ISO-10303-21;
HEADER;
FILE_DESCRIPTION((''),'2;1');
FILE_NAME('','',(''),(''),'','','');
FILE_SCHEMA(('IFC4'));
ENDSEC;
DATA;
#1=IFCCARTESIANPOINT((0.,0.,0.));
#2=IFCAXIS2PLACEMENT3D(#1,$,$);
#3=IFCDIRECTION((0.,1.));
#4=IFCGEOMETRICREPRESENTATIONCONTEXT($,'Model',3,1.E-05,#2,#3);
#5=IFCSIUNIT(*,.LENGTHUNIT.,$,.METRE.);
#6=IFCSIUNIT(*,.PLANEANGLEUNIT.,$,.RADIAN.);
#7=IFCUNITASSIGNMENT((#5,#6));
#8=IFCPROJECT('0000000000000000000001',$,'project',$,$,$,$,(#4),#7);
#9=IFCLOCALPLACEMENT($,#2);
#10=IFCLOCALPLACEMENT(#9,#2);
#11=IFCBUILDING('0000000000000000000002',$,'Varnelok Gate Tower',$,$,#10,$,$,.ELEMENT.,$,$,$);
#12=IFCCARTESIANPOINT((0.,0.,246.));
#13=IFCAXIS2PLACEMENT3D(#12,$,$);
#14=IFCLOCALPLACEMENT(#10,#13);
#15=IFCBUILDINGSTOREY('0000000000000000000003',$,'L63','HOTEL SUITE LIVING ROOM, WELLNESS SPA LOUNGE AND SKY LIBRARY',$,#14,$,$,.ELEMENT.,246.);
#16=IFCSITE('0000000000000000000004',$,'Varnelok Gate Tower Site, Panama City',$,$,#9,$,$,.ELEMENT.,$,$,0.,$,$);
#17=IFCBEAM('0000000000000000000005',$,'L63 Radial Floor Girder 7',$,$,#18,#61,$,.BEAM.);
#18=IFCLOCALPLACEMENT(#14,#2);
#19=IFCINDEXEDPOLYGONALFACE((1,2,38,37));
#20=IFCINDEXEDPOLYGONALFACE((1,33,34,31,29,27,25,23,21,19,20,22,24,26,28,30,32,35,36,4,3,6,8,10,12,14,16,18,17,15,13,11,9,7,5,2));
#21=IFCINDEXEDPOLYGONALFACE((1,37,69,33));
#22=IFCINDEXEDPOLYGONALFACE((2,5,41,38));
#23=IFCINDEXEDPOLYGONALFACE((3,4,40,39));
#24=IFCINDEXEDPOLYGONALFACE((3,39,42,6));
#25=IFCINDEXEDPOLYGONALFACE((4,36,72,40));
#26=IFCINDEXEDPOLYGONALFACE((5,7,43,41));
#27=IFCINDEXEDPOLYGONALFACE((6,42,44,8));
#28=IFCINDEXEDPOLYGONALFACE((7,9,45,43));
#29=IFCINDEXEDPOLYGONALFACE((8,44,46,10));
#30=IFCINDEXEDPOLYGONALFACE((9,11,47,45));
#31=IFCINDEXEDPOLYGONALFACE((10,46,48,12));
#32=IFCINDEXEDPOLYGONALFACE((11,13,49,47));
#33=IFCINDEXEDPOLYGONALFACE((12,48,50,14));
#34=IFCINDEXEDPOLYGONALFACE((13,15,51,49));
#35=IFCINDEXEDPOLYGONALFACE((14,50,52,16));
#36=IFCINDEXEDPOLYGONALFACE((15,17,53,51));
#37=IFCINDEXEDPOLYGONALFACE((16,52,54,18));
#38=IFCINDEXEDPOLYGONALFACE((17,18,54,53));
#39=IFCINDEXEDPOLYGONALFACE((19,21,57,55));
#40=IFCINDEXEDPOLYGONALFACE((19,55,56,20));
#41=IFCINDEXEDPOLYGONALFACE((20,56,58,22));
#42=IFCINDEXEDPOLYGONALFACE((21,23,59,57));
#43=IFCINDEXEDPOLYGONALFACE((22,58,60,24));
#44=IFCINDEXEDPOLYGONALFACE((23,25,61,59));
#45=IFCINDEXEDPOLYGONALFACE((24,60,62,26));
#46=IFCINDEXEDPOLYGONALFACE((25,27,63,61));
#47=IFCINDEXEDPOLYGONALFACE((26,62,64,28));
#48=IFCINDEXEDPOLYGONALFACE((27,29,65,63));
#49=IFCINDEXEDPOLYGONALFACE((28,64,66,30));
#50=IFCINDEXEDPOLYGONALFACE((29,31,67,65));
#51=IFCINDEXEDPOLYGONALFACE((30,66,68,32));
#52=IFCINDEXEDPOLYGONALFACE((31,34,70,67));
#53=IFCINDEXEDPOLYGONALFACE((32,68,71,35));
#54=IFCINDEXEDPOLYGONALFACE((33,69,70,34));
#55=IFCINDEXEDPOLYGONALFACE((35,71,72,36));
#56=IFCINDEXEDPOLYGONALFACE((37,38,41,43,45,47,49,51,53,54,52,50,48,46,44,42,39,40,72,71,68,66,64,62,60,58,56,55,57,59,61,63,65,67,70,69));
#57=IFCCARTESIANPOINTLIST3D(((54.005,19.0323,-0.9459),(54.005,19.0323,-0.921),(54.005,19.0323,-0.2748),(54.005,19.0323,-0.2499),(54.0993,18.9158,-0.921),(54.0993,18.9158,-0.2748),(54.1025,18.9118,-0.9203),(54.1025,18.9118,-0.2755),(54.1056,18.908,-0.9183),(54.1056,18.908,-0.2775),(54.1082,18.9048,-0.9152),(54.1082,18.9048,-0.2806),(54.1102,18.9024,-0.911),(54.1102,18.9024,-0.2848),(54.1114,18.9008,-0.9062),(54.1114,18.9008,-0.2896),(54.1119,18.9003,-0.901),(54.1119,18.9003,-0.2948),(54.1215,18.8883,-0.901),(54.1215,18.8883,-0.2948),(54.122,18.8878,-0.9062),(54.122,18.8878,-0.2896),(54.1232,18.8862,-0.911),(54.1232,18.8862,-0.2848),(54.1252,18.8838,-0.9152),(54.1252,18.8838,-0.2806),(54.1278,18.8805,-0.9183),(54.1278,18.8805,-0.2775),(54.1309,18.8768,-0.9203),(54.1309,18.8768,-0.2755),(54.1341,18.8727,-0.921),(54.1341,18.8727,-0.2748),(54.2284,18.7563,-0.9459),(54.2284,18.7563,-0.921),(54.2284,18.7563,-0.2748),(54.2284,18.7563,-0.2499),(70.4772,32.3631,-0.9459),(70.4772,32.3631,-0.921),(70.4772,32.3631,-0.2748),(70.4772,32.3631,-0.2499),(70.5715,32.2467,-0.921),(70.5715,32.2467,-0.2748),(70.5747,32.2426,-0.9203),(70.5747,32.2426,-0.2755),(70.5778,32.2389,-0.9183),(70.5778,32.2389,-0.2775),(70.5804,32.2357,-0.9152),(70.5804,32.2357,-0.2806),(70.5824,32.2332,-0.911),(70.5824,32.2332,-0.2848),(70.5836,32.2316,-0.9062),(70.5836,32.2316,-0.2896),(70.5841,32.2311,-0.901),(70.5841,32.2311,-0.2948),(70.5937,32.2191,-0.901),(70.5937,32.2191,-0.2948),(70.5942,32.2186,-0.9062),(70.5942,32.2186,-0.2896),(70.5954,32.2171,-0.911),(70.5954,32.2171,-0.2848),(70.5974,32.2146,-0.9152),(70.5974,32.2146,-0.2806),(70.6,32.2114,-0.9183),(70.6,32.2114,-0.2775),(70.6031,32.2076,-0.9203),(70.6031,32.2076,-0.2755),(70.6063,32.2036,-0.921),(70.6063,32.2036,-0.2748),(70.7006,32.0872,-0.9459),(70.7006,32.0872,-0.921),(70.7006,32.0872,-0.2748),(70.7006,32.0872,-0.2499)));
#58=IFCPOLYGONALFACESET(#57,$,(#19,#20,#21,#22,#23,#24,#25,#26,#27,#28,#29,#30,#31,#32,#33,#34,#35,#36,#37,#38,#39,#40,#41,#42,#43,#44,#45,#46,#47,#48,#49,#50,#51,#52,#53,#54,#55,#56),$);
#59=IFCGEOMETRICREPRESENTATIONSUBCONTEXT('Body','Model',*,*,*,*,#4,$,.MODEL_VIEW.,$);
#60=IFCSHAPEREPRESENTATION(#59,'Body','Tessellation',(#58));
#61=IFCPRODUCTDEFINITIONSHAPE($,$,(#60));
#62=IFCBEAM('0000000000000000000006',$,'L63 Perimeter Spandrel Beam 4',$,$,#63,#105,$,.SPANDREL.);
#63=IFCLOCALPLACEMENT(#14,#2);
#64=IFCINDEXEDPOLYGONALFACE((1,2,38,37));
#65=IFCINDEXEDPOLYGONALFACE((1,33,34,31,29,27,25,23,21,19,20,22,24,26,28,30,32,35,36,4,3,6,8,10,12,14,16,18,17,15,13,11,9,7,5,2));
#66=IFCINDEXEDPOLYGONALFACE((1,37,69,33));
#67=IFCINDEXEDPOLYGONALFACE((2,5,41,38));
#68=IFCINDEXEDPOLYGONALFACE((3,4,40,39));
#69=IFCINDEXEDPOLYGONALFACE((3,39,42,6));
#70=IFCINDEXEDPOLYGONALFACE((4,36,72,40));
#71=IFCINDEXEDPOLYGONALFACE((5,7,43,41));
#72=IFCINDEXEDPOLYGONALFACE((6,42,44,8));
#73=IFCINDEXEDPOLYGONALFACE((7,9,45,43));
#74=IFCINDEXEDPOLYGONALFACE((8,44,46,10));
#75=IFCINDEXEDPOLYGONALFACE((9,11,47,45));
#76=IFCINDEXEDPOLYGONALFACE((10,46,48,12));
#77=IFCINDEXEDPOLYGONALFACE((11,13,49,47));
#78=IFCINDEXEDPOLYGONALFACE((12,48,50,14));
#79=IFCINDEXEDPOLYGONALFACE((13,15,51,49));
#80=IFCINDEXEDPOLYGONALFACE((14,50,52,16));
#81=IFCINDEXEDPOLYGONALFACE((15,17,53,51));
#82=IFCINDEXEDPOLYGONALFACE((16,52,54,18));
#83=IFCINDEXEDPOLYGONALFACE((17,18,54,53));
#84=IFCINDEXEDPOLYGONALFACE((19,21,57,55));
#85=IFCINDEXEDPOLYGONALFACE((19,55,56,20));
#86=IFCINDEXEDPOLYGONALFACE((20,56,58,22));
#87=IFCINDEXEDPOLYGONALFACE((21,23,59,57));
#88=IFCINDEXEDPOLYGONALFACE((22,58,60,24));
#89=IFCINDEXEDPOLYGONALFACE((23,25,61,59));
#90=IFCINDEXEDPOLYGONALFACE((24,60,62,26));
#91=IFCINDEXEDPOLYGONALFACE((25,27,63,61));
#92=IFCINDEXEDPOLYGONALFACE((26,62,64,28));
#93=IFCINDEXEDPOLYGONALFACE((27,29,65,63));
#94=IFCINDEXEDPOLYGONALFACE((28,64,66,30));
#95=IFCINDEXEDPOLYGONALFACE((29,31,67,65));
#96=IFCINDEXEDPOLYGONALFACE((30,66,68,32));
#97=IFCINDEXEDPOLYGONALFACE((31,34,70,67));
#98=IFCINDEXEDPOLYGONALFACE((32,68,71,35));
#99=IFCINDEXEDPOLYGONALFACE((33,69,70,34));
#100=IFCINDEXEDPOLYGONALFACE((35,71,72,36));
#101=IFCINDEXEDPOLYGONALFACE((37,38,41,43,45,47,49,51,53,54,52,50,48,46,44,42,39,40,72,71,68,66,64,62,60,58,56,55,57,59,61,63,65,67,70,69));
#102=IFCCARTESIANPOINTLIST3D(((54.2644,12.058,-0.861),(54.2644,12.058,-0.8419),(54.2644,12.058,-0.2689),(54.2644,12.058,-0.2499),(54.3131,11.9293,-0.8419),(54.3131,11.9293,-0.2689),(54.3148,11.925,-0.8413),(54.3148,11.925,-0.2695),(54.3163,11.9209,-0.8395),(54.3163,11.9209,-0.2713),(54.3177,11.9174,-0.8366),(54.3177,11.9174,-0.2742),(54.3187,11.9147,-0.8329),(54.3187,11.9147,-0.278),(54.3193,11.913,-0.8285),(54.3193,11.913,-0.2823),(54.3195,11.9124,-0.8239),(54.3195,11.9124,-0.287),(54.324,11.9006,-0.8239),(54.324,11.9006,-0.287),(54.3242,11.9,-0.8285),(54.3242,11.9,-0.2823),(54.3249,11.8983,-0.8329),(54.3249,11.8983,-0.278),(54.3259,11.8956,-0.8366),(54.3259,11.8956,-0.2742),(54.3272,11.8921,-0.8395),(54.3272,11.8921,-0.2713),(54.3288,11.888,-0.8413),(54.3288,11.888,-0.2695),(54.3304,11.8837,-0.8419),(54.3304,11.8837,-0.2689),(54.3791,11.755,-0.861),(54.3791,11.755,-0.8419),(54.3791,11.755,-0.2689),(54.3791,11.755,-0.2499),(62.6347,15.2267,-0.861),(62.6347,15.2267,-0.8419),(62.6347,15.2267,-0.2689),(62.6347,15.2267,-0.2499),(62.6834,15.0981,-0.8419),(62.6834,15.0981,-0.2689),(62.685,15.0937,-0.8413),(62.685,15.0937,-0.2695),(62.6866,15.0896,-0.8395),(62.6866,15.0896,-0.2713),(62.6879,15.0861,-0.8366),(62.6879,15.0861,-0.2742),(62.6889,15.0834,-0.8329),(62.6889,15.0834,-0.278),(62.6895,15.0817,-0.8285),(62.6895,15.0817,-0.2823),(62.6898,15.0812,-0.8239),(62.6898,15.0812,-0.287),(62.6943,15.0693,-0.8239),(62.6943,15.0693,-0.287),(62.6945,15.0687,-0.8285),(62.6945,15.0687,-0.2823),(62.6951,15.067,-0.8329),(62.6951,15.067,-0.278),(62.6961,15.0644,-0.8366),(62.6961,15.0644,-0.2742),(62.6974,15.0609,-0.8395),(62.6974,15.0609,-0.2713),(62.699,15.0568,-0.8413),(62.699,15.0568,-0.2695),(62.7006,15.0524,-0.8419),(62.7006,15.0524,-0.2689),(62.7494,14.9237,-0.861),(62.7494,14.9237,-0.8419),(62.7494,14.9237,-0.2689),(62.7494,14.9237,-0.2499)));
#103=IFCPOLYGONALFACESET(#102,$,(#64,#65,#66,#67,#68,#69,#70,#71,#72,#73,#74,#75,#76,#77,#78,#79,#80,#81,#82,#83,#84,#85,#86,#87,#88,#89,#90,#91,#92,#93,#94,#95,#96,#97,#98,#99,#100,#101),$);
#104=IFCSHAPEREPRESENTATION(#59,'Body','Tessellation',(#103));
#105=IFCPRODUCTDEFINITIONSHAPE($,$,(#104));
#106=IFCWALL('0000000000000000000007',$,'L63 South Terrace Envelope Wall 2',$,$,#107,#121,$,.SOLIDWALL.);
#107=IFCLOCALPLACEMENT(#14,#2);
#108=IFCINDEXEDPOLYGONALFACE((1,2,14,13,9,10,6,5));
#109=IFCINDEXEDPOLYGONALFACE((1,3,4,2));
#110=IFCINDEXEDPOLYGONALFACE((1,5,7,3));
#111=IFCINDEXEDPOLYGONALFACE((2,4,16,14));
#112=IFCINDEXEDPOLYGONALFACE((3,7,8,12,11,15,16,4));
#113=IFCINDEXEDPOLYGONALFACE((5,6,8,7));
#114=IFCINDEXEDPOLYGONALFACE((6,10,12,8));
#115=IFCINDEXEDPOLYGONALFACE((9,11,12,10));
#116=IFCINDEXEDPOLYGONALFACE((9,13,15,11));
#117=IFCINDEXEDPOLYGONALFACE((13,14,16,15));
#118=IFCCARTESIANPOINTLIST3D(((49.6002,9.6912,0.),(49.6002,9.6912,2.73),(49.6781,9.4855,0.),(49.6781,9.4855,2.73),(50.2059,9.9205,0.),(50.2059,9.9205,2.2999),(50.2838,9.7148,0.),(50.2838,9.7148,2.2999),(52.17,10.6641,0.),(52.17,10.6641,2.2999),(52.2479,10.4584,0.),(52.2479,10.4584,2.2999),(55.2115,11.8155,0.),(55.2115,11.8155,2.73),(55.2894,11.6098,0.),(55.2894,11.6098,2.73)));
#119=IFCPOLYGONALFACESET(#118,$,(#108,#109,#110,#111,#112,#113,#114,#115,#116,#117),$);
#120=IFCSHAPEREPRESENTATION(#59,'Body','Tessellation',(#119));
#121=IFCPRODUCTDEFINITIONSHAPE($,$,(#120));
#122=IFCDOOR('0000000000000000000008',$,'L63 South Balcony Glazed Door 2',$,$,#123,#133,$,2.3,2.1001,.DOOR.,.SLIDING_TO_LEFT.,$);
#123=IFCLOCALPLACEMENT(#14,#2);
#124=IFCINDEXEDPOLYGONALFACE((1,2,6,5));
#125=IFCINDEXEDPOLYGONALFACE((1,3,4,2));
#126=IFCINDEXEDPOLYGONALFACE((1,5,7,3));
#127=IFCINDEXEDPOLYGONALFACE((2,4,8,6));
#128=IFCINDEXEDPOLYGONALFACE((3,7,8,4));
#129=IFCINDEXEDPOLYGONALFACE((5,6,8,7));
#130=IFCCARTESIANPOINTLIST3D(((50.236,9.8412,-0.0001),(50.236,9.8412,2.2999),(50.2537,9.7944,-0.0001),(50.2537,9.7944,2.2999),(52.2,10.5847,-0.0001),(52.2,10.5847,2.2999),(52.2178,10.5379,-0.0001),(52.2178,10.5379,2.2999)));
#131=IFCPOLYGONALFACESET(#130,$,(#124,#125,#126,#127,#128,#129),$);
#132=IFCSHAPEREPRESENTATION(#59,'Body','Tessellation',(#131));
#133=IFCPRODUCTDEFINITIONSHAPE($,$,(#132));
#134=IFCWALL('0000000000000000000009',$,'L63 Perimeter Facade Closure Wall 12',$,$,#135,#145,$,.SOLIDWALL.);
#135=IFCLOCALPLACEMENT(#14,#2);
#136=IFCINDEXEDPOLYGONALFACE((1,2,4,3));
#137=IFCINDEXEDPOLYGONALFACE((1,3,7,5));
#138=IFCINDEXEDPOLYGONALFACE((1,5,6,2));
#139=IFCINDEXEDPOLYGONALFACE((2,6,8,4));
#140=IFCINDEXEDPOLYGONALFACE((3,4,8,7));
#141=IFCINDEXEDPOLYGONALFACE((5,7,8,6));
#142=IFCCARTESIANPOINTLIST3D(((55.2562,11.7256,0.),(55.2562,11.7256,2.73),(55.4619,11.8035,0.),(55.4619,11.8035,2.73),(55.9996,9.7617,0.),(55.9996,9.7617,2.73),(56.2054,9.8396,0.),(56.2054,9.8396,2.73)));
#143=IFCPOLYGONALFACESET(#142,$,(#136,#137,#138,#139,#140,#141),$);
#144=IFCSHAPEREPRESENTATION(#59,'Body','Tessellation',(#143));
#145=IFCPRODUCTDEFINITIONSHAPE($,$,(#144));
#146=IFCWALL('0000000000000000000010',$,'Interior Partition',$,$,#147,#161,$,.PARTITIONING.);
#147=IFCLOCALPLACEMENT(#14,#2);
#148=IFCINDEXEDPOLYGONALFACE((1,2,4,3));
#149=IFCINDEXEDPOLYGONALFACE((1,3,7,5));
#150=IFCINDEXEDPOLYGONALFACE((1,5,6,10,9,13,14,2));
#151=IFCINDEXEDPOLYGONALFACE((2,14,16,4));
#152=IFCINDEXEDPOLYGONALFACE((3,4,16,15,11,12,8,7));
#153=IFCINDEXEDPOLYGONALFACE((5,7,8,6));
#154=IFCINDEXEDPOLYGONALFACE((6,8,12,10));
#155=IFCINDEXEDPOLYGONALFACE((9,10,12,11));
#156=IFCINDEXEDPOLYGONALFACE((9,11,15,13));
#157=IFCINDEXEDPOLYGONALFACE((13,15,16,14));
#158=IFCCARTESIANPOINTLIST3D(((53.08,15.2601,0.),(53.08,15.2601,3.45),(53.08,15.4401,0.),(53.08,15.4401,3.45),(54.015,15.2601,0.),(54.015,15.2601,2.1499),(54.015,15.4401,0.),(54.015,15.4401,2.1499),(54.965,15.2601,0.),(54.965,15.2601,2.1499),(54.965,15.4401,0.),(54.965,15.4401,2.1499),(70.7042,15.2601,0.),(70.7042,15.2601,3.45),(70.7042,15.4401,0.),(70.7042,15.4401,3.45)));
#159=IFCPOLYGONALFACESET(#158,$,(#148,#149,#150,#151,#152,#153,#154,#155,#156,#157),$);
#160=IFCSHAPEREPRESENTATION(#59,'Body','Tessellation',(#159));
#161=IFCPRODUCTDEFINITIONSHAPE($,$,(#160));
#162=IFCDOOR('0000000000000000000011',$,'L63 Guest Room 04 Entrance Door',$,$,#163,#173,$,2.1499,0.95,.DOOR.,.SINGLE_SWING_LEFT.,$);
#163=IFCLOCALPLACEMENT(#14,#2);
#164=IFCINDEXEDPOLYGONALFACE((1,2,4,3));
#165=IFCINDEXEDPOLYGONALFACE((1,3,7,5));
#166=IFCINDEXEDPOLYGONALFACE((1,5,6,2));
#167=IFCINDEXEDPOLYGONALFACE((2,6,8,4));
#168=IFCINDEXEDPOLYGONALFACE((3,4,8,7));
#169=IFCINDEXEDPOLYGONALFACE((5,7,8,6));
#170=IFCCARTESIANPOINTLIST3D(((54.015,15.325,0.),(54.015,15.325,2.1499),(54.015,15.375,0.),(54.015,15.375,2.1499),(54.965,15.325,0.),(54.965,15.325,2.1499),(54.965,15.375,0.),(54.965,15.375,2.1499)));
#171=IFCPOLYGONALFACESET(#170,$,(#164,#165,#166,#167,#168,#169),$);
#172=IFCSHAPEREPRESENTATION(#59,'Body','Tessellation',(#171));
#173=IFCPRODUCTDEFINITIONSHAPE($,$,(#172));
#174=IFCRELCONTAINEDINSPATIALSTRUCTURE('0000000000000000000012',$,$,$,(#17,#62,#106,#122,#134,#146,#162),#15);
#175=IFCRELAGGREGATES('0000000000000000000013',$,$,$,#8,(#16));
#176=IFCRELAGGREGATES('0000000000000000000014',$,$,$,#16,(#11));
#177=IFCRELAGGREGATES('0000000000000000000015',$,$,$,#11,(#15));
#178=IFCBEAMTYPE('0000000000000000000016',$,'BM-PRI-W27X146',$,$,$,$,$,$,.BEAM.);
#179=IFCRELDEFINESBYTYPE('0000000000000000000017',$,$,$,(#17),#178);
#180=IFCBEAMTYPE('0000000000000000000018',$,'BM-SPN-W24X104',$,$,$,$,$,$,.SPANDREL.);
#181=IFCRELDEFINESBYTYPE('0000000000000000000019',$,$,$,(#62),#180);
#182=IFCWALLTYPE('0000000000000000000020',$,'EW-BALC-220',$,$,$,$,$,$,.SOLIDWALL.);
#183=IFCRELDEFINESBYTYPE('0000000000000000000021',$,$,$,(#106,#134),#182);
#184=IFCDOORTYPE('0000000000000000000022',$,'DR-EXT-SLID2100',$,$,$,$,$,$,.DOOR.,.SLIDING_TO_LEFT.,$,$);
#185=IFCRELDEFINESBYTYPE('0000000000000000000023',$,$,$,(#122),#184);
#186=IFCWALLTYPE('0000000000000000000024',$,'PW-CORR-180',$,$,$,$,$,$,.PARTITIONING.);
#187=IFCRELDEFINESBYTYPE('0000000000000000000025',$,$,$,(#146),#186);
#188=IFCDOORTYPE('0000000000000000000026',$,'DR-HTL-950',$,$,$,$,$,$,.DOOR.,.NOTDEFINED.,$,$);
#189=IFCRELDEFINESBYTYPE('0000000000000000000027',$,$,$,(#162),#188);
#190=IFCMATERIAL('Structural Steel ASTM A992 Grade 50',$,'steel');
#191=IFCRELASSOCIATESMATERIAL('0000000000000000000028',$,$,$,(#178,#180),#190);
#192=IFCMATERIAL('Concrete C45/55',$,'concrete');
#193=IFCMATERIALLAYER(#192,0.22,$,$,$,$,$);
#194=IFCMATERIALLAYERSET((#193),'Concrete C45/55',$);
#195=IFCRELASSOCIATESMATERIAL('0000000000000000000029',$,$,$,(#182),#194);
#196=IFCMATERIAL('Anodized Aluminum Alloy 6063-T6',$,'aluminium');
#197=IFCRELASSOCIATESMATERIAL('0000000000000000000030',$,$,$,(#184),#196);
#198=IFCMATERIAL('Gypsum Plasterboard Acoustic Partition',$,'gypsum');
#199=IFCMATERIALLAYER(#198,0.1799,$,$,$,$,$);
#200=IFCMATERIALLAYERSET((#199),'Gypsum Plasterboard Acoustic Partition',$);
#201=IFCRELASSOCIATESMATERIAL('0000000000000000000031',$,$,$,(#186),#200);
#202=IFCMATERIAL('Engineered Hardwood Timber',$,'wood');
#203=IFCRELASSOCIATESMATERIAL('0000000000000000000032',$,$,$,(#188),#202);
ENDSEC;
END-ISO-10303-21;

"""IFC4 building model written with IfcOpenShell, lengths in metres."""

from ifc_helpers import new_model, si_unit, direction, frame, frame_2d, origin, origin_2d, place, context, subcontext, project, spatial, rectangle, i_section, extrude, material, layer, layer_set, material_profile, profile_set, type_object, element, fill, save


model = new_model("IFC4")

# Units and contexts
model_context = context("Model", 3, precision=1e-05, world=origin(), true_north=direction((0.0, 1.0)))
body_context = subcontext(model_context, "Body", "Model", "MODEL_VIEW")
ifc_project = project(units=[si_unit("LENGTHUNIT", "METRE"), si_unit("PLANEANGLEUNIT", "RADIAN")], contexts=[model_context])

# Site, building, storey
site_placement = place(None, origin())
site = spatial("IfcSite", under=ifc_project, at=site_placement, Name="Varnelok Gate Tower Site, Panama City", CompositionType="ELEMENT", RefElevation=0.0)
building_placement = place(site_placement, origin())
building = spatial("IfcBuilding", under=site, at=building_placement, Name="Varnelok Gate Tower", CompositionType="ELEMENT")
storey_placement = place(building_placement, frame((0.0, 0.0, 246.0)))
storey = spatial("IfcBuildingStorey", under=building, at=storey_placement, Name="L63", Description="HOTEL SUITE LIVING ROOM, WELLNESS SPA LOUNGE AND SKY LIBRARY", CompositionType="ELEMENT", Elevation=246.0)

# Shared definitions
ifc_material_1 = material(Name="Structural Steel ASTM A992 Grade 50", Category="steel")

# Beams
ifc_material_profile_1 = material_profile(ifc_material_1, i_section(OverallWidth=0.355, OverallDepth=0.696, WebThickness=0.0154, FlangeThickness=0.0249, FilletRadius=0.02, at=origin_2d()), Name="W27X146")
ifc_profile_set_1 = profile_set([ifc_material_profile_1], Name="Structural Steel ASTM A992 Grade 50")
beam_type_1 = type_object("IfcBeamType", Name="BM-PRI-W27X146", PredefinedType="BEAM", material=ifc_profile_set_1)
beam_1_placement = place(storey_placement, frame((54.1167, 18.8943, -0.5979), z_axis=(0.777333, 0.62909, 0.0), x_axis=(-0.62909, 0.777333, 0.0)))
element("IfcBeam", 1, at=beam_1_placement, inside=storey, type_object=beam_type_1, Name="L63 Radial Floor Girder 7", PredefinedType="BEAM", context=body_context, shape_type="SweptSolid", body=[
    extrude(i_section(OverallWidth=0.355, OverallDepth=0.696, WebThickness=0.0154, FlangeThickness=0.0249, FilletRadius=0.02, at=origin_2d()), origin(), (0.0, 0.0, 1.0), 21.1907),
])
ifc_material_profile_2 = material_profile(ifc_material_1, i_section(OverallWidth=0.324, OverallDepth=0.6111, WebThickness=0.0127, FlangeThickness=0.019, FilletRadius=0.0181, at=origin_2d()), Name="W24X104")
ifc_profile_set_2 = profile_set([ifc_material_profile_2], Name="Structural Steel ASTM A992 Grade 50")
beam_type_2 = type_object("IfcBeamType", Name="BM-SPN-W24X104", PredefinedType="SPANDREL", material=ifc_profile_set_2)
beam_2_placement = place(storey_placement, frame((54.3218, 11.9065, -0.5554), z_axis=(0.935226, 0.354051, 0.0), x_axis=(-0.354051, 0.935226, 0.0)))
element("IfcBeam", 2, at=beam_2_placement, inside=storey, type_object=beam_type_2, Name="L63 Perimeter Spandrel Beam 4", PredefinedType="SPANDREL", context=body_context, shape_type="SweptSolid", body=[
    extrude(i_section(OverallWidth=0.324, OverallDepth=0.6111, WebThickness=0.0127, FlangeThickness=0.019, FilletRadius=0.0181, at=origin_2d()), origin(), (0.0, 0.0, 1.0), 8.95),
])

# Wall, opening, door
ifc_material_2 = material(Name="Concrete C45/55", Category="concrete")
ifc_layer_1 = layer(ifc_material_2, 0.22)
ifc_layer_set_1 = layer_set([ifc_layer_1], Name="Concrete C45/55")
wall_type_1 = type_object("IfcWallType", Name="EW-BALC-220", PredefinedType="SOLIDWALL", material=ifc_layer_set_1)
wall_1_placement = place(storey_placement, frame((55.2505, 11.7126, 0.0), z_axis=(0.0, 0.0, 1.0), x_axis=(-0.935228, -0.354047, 0.0)))
wall_1 = element("IfcWall", 3, at=wall_1_placement, inside=storey, type_object=wall_type_1, Name="L63 South Terrace Envelope Wall 2", PredefinedType="SOLIDWALL", context=body_context, shape_type="SweptSolid", body=[
    extrude(rectangle(XDim=6.0, YDim=0.22, at=frame_2d((3.0, 0.0))), origin(), (0.0, 0.0, 1.0), 2.73),
])
opening_1_placement = place(wall_1_placement, frame((3.2522, 0.0, 0.0)))
opening_1 = element("IfcOpeningElement", 4, at=opening_1_placement, cuts=wall_1, PredefinedType="OPENING", context=body_context, shape_type="SweptSolid", body=[
    extrude(rectangle(XDim=2.1001, YDim=2.3, at=frame_2d((1.05, 1.1499))), frame((0.0, 0.1199, 0.0), z_axis=(0.0, -1.0, 0.0), x_axis=(1.0, 0.0, 0.0)), (0.0, 0.0, 1.0), 0.24),
])
ifc_material_3 = material(Name="Anodized Aluminum Alloy 6063-T6", Category="aluminium")
door_type_1 = type_object("IfcDoorType", Name="DR-EXT-SLID2100", OperationType="SLIDING_TO_LEFT", PredefinedType="DOOR", material=ifc_material_3)
door_1_placement = place(opening_1_placement, origin())
door_1 = element("IfcDoor", 5, at=door_1_placement, inside=storey, type_object=door_type_1, Name="L63 South Balcony Glazed Door 2", OperationType="SLIDING_TO_LEFT", OverallHeight=2.3, OverallWidth=2.1001, PredefinedType="DOOR", context=body_context, shape_type="SweptSolid", body=[
    extrude(rectangle(XDim=2.1001, YDim=2.3, at=frame_2d((1.05, 1.1499))), frame((0.0, 0.0249, 0.0), z_axis=(0.0, -1.0, 0.0), x_axis=(1.0, 0.0, 0.0)), (0.0, 0.0, 1.0), 0.05),
])
fill(opening_1, door_1)

# Wall
wall_2_placement = place(storey_placement, frame((55.3591, 11.7644, 0.0), z_axis=(0.0, 0.0, 1.0), x_axis=(0.354027, -0.935235, 0.0)))
element("IfcWall", 6, at=wall_2_placement, inside=storey, type_object=wall_type_1, Name="L63 Perimeter Facade Closure Wall 12", PredefinedType="SOLIDWALL", context=body_context, shape_type="SweptSolid", body=[
    extrude(rectangle(XDim=2.0999, YDim=0.22, at=frame_2d((1.0498, 0.0))), origin(), (0.0, 0.0, 1.0), 2.73),
])

# Wall, opening, door
ifc_material_4 = material(Name="Gypsum Plasterboard Acoustic Partition", Category="gypsum")
ifc_layer_2 = layer(ifc_material_4, 0.1799)
ifc_layer_set_2 = layer_set([ifc_layer_2], Name="Gypsum Plasterboard Acoustic Partition")
wall_type_2 = type_object("IfcWallType", Name="PW-CORR-180", PredefinedType="PARTITIONING", material=ifc_layer_set_2)
wall_3_placement = place(storey_placement, frame((53.0801, 15.3501, 0.0), z_axis=(0.0, 0.0, 1.0), x_axis=(1.0, 0.0, 0.0)))
wall_3 = element("IfcWall", 7, at=wall_3_placement, inside=storey, type_object=wall_type_2, Name="Interior Partition", PredefinedType="PARTITIONING", context=body_context, shape_type="SweptSolid", body=[
    extrude(rectangle(XDim=17.6243, YDim=0.1799, at=frame_2d((8.812, 0.0))), origin(), (0.0, 0.0, 1.0), 3.45),
])
opening_2_placement = place(wall_3_placement, frame((0.9348, 0.0, 0.0)))
opening_2 = element("IfcOpeningElement", 8, at=opening_2_placement, cuts=wall_3, PredefinedType="OPENING", context=body_context, shape_type="SweptSolid", body=[
    extrude(rectangle(XDim=0.95, YDim=2.1499, at=frame_2d((0.4751, 1.075))), frame((0.0, 0.0999, 0.0), z_axis=(0.0, -1.0, 0.0), x_axis=(1.0, 0.0, 0.0)), (0.0, 0.0, 1.0), 0.2),
])
ifc_material_5 = material(Name="Engineered Hardwood Timber", Category="wood")
door_type_2 = type_object("IfcDoorType", Name="DR-HTL-950", OperationType="NOTDEFINED", PredefinedType="DOOR", material=ifc_material_5)
door_2_placement = place(opening_2_placement, origin())
door_2 = element("IfcDoor", 9, at=door_2_placement, inside=storey, type_object=door_type_2, Name="L63 Guest Room 04 Entrance Door", OperationType="SINGLE_SWING_LEFT", OverallHeight=2.1499, OverallWidth=0.95, PredefinedType="DOOR", context=body_context, shape_type="SweptSolid", body=[
    extrude(rectangle(XDim=0.95, YDim=2.1499, at=frame_2d((0.4751, 1.075))), frame((0.0, 0.0249, 0.0), z_axis=(0.0, -1.0, 0.0), x_axis=(1.0, 0.0, 0.0)), (0.0, 0.0, 1.0), 0.05),
])
fill(opening_2, door_2)

save(model, "model.ifc")
